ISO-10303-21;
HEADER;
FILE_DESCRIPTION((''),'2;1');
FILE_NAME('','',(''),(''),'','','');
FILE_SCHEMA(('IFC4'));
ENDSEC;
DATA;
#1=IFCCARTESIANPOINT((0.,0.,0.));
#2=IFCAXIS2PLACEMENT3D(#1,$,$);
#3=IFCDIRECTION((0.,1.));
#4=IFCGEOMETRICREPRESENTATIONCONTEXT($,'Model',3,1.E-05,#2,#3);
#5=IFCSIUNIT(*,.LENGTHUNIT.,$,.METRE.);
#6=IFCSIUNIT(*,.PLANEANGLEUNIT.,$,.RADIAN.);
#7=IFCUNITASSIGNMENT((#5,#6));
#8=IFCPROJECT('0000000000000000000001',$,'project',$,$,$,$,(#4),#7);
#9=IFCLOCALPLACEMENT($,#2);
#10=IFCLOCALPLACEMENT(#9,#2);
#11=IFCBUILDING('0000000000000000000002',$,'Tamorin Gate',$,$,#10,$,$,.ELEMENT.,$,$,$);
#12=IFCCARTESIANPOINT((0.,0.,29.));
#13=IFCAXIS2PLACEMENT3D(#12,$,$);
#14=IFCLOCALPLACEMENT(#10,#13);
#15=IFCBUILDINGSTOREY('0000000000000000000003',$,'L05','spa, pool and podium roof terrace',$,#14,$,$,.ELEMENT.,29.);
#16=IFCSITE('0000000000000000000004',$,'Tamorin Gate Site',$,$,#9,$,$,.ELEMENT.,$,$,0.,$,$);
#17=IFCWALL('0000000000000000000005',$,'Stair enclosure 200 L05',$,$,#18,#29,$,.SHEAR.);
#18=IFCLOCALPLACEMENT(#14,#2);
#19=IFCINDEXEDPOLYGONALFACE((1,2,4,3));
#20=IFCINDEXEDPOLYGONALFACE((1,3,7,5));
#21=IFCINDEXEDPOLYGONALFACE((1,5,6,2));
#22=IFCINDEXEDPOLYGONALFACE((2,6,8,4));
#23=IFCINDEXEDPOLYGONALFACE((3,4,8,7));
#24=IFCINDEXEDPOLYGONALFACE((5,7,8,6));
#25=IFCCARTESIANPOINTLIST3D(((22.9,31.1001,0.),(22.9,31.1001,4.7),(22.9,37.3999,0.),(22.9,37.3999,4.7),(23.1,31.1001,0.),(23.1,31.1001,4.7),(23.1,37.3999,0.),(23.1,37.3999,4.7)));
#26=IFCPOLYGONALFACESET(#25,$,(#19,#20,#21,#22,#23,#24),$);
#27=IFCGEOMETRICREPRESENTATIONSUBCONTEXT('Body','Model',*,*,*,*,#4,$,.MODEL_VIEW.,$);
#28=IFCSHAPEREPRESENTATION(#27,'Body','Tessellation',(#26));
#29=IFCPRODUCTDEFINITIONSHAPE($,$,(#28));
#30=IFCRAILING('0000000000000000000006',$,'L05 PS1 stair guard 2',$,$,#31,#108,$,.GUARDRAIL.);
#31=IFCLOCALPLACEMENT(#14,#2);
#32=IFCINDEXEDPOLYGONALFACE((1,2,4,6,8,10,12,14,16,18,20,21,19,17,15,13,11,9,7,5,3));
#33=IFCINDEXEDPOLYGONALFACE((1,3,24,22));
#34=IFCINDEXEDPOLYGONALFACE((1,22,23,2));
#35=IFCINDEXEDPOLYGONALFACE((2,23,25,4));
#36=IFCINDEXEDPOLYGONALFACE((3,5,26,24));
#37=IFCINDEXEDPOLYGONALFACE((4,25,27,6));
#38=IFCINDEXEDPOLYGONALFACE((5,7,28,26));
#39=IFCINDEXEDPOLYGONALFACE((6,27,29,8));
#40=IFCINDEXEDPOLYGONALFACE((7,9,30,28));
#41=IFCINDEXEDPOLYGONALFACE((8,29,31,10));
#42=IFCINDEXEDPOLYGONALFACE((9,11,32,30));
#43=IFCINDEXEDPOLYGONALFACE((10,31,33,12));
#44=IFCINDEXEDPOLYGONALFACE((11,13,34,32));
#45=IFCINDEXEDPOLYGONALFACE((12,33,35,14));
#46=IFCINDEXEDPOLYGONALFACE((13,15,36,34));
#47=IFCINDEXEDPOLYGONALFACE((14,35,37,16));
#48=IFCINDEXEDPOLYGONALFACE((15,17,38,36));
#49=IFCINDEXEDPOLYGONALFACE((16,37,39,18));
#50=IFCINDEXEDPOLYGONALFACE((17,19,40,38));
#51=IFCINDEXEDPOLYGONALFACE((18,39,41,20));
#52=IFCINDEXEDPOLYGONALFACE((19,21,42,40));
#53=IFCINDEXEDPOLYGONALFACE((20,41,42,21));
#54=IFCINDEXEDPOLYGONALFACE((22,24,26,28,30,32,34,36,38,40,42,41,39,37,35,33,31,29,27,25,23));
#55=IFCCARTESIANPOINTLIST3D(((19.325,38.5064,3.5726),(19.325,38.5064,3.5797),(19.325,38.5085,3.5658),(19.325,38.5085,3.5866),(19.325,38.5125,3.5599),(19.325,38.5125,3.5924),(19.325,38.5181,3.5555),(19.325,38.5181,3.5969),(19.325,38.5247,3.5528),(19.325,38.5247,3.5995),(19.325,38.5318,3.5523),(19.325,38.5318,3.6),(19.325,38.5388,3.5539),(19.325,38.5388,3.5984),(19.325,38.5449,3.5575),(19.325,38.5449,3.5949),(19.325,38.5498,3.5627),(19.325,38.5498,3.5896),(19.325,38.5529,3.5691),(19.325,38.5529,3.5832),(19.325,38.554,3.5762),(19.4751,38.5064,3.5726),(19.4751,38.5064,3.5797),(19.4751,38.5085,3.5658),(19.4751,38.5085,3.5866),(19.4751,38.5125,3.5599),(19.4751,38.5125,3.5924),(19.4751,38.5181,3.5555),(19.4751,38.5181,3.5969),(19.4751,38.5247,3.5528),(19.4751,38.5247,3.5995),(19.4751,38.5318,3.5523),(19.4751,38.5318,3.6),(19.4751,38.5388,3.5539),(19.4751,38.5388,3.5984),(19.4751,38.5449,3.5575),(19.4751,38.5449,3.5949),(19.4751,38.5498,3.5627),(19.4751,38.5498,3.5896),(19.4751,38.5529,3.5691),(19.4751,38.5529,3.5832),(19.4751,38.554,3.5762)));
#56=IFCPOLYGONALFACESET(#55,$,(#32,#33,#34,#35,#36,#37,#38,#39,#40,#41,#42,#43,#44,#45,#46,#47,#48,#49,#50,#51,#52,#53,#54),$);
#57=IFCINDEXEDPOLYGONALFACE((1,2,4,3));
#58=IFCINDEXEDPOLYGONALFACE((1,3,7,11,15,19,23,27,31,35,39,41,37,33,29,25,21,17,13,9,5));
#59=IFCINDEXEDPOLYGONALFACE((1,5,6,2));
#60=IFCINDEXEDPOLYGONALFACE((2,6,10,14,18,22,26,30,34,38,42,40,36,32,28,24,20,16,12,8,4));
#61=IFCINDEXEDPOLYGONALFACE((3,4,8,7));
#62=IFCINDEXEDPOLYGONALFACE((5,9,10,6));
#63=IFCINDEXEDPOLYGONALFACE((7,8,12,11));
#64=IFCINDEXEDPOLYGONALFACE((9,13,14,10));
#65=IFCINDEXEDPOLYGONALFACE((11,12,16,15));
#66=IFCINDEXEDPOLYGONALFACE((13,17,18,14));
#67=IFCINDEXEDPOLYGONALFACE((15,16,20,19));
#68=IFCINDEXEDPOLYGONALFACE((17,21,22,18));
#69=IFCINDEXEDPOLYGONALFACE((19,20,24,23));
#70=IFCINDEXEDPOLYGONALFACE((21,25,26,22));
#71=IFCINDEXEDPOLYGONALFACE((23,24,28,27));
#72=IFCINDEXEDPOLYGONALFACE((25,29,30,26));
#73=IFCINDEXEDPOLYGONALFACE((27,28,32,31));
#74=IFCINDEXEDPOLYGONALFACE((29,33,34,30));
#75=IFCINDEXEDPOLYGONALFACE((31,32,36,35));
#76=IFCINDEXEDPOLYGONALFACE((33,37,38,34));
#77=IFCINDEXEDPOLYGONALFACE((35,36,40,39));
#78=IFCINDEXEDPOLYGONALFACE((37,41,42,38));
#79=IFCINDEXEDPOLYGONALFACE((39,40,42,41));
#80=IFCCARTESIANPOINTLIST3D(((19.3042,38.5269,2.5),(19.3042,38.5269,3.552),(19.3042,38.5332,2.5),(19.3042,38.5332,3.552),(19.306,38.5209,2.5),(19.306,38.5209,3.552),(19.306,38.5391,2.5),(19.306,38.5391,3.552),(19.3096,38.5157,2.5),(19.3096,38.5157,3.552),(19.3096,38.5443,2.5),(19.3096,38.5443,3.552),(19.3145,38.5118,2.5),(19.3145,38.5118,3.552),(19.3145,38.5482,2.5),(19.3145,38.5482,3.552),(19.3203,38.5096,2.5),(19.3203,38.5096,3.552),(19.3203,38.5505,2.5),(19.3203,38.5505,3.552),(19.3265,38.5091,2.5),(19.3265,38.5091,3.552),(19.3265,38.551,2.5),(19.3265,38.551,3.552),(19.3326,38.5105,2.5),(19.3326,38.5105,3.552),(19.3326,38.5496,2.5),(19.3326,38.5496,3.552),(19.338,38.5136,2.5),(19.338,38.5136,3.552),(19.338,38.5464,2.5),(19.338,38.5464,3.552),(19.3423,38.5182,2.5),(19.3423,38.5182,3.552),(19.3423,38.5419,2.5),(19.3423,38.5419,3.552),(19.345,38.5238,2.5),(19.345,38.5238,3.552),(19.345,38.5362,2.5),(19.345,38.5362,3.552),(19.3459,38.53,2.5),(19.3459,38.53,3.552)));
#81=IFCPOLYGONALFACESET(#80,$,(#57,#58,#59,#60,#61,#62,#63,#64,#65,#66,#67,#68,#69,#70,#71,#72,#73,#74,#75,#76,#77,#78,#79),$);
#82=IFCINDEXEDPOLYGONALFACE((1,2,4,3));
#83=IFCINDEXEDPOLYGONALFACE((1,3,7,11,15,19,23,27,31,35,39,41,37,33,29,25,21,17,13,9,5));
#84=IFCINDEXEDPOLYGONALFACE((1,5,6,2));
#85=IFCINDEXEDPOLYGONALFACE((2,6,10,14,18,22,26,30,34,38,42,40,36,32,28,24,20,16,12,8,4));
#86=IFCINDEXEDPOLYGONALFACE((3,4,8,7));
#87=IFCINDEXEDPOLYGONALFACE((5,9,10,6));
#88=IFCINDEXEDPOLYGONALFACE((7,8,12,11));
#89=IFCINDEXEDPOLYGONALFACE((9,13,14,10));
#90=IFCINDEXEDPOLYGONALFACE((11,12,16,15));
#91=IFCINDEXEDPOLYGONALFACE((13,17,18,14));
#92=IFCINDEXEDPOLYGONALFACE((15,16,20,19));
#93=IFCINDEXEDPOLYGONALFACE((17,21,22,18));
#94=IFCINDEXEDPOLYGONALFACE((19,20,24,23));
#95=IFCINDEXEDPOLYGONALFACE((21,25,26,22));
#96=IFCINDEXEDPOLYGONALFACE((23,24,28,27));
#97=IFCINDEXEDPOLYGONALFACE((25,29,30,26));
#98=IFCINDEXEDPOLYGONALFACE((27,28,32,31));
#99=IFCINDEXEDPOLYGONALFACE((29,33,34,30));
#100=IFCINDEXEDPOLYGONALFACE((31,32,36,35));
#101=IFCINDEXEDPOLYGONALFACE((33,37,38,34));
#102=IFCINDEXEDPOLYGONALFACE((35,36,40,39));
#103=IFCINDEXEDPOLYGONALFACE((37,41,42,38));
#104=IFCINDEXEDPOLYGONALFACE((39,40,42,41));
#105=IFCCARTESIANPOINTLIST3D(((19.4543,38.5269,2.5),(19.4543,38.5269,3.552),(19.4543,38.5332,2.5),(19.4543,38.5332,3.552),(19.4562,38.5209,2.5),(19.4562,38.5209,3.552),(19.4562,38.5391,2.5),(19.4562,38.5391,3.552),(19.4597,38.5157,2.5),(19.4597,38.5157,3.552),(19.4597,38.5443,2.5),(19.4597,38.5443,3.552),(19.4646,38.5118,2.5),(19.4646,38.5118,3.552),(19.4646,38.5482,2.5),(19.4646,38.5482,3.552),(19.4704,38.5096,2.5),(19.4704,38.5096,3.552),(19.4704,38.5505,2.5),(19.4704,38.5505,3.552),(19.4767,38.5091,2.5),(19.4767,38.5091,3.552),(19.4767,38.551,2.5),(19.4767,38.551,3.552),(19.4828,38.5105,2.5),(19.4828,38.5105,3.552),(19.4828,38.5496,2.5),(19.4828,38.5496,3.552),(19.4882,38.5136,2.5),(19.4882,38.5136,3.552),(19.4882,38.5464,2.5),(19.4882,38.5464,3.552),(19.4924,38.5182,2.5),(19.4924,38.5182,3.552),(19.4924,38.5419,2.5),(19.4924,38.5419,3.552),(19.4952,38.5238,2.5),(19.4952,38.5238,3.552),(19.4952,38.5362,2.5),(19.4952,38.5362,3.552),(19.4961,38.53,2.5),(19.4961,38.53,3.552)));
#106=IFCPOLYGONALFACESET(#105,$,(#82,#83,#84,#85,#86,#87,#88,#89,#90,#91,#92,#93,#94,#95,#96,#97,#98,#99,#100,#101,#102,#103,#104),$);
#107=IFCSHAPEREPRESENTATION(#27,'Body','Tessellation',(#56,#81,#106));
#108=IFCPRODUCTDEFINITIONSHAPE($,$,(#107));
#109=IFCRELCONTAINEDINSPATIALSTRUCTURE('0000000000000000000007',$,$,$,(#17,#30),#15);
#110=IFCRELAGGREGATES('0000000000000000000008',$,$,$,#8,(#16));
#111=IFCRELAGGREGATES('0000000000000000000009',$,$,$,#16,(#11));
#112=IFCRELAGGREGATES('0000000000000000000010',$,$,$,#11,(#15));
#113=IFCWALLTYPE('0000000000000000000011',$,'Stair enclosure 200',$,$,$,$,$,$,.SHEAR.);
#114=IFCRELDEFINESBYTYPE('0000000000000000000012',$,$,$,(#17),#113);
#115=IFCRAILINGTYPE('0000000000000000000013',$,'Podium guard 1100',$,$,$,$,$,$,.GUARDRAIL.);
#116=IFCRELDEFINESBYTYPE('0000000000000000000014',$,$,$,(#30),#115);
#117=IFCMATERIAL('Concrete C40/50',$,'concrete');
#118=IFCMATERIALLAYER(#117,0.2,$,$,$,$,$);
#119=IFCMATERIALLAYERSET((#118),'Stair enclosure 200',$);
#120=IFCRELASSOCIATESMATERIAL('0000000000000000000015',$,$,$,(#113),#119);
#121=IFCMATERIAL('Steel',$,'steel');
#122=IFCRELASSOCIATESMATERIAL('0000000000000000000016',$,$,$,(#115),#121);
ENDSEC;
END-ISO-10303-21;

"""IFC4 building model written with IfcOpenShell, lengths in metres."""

from ifc_helpers import new_model, si_unit, direction, frame, frame_2d, origin, origin_2d, place, context, subcontext, project, spatial, rectangle, circle, extrude, material, layer, layer_set, type_object, element, save


model = new_model("IFC4")

# Units and contexts
model_context = context("Model", 3, precision=1e-05, world=origin(), true_north=direction((0.0, 1.0)))
body_context = subcontext(model_context, "Body", "Model", "MODEL_VIEW")
ifc_project = project(units=[si_unit("LENGTHUNIT", "METRE"), si_unit("PLANEANGLEUNIT", "RADIAN")], contexts=[model_context])

# Site, building, storey
site_placement = place(None, origin())
site = spatial("IfcSite", under=ifc_project, at=site_placement, Name="Tamorin Gate Site", CompositionType="ELEMENT", RefElevation=0.0)
building_placement = place(site_placement, origin())
building = spatial("IfcBuilding", under=site, at=building_placement, Name="Tamorin Gate", CompositionType="ELEMENT")
storey_placement = place(building_placement, frame((0.0, 0.0, 29.0)))
storey = spatial("IfcBuildingStorey", under=building, at=storey_placement, Name="L05", Description="spa, pool and podium roof terrace", CompositionType="ELEMENT", Elevation=29.0)

# Shared definitions
ifc_material_1 = material(Name="Concrete C40/50", Category="concrete")

# Wall
ifc_layer_1 = layer(ifc_material_1, 0.2)
ifc_layer_set_1 = layer_set([ifc_layer_1], Name="Stair enclosure 200")
wall_type_1 = type_object("IfcWallType", Name="Stair enclosure 200", PredefinedType="SHEAR", material=ifc_layer_set_1)
wall_placement = place(storey_placement, frame((23.0, 31.1001, 0.0), z_axis=(0.0, 0.0, 1.0), x_axis=(0.0, 1.0, 0.0)))
element("IfcWall", 1, at=wall_placement, inside=storey, type_object=wall_type_1, Name="Stair enclosure 200 L05", PredefinedType="SHEAR", context=body_context, shape_type="SweptSolid", body=[
    extrude(rectangle(XDim=6.2998, YDim=0.2, at=frame_2d((3.1499, 0.0))), origin(), (0.0, 0.0, 1.0), 4.7),
])

# Railing
ifc_material_2 = material(Name="Steel", Category="steel")
railing_type = type_object("IfcRailingType", Name="Podium guard 1100", PredefinedType="GUARDRAIL", material=ifc_material_2)
railing_1_placement = place(storey_placement, frame((19.325, 38.53, 2.5)))
element("IfcRailing", 2, at=railing_1_placement, inside=storey, type_object=railing_type, Name="L05 PS1 stair guard 2", PredefinedType="GUARDRAIL", context=body_context, shape_type="SweptSolid", body=[
    extrude(circle(Radius=0.0239, at=origin_2d()), frame((0.0, 0.0, 1.0762), z_axis=(1.0, 0.0, 0.0), x_axis=(0.0, 1.0, 0.0)), (0.0, 0.0, 1.0), 0.1501),
    extrude(circle(Radius=0.021, at=origin_2d()), origin(), (0.0, 0.0, 1.0), 1.052),
    extrude(circle(Radius=0.021, at=origin_2d()), frame((0.1501, 0.0, 0.0)), (0.0, 0.0, 1.0), 1.052),
])

save(model, "model.ifc")
